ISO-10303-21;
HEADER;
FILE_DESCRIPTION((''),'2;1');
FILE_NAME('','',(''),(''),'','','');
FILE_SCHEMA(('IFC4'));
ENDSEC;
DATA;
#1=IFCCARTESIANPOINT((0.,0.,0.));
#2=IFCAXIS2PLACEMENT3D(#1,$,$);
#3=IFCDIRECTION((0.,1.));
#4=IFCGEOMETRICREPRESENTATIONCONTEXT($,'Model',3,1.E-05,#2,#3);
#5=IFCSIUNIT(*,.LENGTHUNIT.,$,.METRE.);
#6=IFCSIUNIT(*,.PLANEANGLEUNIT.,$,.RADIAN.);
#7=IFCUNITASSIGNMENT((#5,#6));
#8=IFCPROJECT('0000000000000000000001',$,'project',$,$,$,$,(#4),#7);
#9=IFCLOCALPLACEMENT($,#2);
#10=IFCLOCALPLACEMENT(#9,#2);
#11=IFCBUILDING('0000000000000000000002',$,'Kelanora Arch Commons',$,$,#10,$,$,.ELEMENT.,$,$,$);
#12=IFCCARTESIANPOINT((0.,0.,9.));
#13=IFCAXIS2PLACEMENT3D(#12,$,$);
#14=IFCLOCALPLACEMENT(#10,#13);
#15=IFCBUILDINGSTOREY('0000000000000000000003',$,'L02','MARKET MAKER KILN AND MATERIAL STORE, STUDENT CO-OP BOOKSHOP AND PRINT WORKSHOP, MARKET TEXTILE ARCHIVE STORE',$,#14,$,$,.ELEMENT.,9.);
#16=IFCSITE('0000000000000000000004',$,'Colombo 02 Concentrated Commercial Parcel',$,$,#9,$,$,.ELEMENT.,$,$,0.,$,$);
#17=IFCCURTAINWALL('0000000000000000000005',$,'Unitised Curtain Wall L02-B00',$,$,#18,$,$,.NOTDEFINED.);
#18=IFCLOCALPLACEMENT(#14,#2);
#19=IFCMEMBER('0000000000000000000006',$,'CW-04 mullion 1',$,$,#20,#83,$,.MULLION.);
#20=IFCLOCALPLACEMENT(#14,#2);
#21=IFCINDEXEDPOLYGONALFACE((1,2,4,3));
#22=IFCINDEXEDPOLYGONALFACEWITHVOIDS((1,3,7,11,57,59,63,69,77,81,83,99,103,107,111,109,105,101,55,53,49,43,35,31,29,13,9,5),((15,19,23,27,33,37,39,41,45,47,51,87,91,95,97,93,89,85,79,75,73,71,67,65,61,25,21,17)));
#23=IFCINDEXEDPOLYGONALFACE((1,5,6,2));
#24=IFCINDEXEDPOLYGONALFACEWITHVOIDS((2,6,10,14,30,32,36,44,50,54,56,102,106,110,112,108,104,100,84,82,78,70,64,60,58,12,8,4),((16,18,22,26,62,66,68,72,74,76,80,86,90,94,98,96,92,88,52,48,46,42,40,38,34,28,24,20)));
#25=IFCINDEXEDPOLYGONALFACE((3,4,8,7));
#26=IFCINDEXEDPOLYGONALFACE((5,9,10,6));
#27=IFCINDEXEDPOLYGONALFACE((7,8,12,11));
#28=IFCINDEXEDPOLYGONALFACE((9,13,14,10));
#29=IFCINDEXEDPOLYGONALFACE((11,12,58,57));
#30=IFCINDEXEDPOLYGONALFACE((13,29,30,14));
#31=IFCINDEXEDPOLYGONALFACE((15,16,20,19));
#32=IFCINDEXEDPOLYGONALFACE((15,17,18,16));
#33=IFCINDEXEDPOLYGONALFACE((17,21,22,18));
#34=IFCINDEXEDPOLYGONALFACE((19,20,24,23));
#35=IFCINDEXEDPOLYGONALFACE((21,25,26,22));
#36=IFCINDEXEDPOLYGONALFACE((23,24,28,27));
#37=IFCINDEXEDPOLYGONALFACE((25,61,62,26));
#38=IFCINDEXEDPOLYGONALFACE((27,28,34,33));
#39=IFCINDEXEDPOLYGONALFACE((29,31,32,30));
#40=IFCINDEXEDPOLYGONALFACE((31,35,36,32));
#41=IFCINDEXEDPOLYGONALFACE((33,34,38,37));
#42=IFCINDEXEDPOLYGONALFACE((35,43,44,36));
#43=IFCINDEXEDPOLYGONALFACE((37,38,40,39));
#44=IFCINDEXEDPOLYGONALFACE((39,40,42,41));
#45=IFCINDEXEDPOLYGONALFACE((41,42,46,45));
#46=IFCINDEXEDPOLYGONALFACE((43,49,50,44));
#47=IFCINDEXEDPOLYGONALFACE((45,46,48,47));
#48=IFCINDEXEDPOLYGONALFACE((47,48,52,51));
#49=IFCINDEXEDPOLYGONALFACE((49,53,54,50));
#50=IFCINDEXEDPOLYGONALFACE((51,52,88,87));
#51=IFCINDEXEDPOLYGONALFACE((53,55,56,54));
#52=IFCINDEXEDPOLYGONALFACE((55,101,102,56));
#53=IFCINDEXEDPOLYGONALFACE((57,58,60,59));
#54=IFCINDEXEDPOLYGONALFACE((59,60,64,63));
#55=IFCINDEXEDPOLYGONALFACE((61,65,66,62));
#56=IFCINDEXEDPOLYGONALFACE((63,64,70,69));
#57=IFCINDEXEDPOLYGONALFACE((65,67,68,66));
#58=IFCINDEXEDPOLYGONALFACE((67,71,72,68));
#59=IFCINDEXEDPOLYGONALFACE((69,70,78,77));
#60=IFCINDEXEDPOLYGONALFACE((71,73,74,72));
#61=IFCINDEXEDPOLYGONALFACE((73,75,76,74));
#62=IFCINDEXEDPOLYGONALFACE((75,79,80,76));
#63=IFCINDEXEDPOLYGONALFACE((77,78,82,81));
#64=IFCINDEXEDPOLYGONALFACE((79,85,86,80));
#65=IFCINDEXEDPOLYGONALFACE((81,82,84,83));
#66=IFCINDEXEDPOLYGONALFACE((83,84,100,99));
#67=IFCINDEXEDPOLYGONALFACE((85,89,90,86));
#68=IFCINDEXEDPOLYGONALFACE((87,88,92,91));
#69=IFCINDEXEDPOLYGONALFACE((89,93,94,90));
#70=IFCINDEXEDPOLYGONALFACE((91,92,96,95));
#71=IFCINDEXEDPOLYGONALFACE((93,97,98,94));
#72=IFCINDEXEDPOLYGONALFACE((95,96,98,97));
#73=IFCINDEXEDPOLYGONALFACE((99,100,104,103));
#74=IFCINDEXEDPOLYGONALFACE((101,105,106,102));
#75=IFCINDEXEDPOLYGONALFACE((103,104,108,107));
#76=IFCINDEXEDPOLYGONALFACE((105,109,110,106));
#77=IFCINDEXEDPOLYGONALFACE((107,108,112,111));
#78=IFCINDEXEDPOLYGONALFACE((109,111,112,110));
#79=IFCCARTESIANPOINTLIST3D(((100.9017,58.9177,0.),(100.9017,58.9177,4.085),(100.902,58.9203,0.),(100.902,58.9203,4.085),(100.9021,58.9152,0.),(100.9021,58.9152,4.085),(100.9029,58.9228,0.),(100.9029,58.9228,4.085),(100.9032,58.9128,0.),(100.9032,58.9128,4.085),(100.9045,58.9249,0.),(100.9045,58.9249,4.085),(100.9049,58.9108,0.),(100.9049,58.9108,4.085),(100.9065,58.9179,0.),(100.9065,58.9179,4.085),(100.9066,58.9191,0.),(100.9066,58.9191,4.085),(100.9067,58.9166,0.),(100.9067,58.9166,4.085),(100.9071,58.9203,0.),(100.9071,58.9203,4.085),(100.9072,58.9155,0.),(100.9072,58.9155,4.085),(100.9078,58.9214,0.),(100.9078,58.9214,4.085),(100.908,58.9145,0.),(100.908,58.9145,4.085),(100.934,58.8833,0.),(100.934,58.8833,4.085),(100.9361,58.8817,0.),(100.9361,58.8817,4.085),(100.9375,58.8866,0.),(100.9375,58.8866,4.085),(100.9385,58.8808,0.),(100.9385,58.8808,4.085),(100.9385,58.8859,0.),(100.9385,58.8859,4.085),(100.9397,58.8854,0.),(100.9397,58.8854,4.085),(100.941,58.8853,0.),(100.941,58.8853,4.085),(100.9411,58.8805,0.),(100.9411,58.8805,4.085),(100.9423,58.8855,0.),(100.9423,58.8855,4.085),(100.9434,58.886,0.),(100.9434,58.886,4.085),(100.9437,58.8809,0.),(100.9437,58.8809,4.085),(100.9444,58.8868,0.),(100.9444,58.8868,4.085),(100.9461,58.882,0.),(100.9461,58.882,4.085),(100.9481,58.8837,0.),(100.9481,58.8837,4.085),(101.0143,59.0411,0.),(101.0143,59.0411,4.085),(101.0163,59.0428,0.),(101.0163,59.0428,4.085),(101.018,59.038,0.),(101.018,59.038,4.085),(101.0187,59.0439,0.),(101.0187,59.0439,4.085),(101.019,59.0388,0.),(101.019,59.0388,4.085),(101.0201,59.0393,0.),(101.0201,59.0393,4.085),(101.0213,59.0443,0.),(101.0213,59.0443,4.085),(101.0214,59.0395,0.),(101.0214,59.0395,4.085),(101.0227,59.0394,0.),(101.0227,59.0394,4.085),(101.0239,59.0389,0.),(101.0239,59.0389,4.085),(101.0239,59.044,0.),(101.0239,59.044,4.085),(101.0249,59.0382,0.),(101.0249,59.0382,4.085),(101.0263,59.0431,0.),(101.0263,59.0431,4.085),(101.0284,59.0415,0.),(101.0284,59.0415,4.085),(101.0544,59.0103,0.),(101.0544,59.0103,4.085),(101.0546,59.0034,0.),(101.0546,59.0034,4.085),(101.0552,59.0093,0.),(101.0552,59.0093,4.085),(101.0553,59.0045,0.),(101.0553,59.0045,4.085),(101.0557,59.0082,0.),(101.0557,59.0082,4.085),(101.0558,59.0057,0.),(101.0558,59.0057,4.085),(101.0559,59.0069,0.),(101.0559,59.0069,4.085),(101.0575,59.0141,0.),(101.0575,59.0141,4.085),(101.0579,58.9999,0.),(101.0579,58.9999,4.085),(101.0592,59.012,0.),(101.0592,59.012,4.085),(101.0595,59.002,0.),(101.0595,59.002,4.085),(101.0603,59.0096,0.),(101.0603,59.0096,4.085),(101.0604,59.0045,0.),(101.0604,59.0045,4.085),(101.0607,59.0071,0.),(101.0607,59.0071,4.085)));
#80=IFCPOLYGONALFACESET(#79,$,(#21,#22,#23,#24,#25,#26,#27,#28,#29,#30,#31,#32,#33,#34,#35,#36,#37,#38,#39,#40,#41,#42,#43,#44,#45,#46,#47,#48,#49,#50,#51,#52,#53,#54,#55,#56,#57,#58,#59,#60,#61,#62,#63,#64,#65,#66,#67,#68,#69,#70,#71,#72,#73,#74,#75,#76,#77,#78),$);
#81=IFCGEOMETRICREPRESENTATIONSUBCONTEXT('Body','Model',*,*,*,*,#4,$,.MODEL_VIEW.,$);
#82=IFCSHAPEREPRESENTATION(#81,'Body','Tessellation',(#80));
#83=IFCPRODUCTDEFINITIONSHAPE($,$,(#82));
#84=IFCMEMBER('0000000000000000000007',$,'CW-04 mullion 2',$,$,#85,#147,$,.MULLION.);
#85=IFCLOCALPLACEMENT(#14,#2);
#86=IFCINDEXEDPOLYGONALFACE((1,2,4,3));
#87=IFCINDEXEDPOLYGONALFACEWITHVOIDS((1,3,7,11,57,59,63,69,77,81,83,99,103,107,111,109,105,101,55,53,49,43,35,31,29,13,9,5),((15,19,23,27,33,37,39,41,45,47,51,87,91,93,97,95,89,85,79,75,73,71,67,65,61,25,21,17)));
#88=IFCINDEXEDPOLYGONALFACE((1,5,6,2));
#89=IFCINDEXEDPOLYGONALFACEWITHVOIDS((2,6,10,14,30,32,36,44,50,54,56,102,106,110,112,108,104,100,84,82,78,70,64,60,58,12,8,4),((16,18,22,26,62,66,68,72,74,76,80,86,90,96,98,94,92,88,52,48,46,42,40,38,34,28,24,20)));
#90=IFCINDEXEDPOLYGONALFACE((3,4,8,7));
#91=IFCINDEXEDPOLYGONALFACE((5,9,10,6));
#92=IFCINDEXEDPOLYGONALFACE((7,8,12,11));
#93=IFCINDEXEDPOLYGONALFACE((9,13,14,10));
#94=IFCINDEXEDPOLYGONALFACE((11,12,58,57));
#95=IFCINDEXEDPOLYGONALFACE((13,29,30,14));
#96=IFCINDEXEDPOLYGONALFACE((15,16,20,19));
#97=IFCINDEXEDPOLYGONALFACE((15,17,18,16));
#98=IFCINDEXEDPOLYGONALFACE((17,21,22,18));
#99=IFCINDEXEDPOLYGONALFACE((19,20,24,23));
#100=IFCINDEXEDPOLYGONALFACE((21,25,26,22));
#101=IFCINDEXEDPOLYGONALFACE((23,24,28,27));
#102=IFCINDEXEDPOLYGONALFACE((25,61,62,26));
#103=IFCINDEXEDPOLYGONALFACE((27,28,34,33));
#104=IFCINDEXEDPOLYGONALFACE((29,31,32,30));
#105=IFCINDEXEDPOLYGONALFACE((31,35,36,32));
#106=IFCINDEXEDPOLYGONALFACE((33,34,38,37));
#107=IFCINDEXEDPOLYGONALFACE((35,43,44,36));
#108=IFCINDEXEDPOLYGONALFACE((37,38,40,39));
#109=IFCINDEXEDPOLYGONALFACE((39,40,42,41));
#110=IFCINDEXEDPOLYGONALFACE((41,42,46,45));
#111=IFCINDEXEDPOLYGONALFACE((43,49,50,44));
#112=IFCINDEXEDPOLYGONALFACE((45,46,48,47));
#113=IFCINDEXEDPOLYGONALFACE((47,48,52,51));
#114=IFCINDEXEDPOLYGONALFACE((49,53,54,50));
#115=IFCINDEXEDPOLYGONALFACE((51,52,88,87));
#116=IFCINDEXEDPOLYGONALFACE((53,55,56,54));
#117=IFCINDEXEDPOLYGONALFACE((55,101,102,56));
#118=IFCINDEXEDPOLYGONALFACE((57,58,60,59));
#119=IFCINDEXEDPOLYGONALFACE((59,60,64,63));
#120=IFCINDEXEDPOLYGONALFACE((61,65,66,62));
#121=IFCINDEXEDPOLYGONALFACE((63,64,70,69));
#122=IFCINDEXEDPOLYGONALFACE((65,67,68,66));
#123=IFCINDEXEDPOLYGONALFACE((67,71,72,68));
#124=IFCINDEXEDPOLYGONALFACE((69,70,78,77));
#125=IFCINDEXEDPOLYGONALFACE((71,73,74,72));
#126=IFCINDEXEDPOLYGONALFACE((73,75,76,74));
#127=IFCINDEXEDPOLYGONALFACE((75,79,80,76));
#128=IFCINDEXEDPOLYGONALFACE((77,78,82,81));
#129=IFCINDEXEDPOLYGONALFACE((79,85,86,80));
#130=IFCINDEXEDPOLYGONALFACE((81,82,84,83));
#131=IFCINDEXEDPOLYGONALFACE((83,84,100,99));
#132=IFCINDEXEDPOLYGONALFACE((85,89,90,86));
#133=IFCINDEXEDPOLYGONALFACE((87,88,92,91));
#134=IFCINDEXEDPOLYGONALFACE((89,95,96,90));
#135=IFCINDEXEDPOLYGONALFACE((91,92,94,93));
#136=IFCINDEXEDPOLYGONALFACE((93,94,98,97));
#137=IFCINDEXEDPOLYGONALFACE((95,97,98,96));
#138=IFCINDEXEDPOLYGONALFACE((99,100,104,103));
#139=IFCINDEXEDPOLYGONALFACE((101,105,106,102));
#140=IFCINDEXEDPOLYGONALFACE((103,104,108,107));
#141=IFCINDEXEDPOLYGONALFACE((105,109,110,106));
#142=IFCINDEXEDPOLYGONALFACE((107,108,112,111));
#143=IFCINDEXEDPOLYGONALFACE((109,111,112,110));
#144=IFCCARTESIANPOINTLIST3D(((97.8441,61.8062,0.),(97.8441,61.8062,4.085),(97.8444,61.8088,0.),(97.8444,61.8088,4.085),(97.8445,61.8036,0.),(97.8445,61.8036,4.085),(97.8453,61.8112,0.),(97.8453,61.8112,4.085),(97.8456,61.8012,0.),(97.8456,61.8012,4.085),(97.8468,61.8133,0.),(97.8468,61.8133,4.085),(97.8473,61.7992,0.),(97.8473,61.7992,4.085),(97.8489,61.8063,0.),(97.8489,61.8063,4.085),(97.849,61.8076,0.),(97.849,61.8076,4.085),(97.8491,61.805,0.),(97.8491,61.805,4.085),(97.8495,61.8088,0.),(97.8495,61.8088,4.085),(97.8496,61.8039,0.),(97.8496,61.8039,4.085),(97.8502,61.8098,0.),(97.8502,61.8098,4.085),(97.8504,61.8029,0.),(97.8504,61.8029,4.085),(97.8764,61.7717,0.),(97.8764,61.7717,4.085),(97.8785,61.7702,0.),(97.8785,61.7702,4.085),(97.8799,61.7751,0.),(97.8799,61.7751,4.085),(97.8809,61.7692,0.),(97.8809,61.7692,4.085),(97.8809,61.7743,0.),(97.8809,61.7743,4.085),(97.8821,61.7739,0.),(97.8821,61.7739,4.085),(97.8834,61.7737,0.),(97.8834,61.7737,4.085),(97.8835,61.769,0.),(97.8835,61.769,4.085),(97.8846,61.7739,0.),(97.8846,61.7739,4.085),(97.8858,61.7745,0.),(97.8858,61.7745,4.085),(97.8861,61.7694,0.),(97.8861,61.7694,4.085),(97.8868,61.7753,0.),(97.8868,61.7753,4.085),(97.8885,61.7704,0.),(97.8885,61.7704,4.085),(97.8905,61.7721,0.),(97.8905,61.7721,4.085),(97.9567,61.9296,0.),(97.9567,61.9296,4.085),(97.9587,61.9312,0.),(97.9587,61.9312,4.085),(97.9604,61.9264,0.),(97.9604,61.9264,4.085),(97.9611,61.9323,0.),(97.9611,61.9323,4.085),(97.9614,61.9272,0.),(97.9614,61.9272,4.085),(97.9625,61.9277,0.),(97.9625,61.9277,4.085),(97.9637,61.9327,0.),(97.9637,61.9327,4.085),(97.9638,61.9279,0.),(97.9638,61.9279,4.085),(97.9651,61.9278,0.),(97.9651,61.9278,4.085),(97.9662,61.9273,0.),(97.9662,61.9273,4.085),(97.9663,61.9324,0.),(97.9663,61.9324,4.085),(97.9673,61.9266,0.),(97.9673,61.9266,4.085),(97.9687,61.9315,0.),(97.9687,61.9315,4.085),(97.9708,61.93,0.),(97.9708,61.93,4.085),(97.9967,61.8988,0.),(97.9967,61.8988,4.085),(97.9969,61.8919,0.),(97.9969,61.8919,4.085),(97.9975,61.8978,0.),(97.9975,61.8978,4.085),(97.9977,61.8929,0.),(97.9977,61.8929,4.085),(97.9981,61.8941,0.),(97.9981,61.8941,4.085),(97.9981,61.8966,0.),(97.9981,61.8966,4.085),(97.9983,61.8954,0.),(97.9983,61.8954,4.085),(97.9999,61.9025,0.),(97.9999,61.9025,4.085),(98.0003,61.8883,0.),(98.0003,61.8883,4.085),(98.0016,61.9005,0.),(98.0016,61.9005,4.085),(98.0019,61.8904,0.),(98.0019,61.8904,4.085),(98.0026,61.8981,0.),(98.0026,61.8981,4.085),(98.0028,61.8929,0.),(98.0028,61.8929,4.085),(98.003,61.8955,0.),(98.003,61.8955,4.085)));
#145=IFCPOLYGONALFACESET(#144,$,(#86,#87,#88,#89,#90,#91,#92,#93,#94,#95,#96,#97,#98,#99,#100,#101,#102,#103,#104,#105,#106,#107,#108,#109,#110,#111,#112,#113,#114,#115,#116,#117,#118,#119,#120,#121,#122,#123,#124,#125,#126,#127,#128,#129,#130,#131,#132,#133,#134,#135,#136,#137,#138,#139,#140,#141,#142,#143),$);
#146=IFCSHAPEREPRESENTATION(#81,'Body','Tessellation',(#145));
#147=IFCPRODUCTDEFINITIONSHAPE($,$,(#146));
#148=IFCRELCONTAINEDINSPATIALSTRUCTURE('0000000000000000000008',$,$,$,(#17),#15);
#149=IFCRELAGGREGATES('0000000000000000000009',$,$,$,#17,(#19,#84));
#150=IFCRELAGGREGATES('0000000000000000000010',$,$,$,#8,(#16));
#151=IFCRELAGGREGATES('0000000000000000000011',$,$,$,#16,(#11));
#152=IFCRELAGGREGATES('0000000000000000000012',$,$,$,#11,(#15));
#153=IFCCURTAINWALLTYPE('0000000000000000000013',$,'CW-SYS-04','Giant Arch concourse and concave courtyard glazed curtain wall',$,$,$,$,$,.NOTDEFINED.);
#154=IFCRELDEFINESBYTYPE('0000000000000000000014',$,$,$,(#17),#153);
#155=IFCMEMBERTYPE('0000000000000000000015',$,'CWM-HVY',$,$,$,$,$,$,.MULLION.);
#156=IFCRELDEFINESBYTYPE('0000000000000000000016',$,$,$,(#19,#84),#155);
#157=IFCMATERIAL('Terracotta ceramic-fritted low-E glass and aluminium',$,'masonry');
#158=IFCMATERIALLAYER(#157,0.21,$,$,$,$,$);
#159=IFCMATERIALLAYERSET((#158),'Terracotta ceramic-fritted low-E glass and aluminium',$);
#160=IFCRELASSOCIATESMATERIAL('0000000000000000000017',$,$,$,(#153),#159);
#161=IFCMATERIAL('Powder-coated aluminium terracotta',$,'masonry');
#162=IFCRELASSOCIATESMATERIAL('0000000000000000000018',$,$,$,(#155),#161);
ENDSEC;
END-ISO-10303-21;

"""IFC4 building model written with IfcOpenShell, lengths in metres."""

from ifc_helpers import new_model, si_unit, direction, frame, origin, origin_2d, place, context, subcontext, project, spatial, hollow_rectangle, extrude, material, layer, layer_set, material_profile, profile_set, type_object, element, aggregate, save


model = new_model("IFC4")

# Units and contexts
model_context = context("Model", 3, precision=1e-05, world=origin(), true_north=direction((0.0, 1.0)))
body_context = subcontext(model_context, "Body", "Model", "MODEL_VIEW")
ifc_project = project(units=[si_unit("LENGTHUNIT", "METRE"), si_unit("PLANEANGLEUNIT", "RADIAN")], contexts=[model_context])

# Site, building, storey
site_placement = place(None, origin())
site = spatial("IfcSite", under=ifc_project, at=site_placement, Name="Colombo 02 Concentrated Commercial Parcel", CompositionType="ELEMENT", RefElevation=0.0)
building_placement = place(site_placement, origin())
building = spatial("IfcBuilding", under=site, at=building_placement, Name="Kelanora Arch Commons", CompositionType="ELEMENT")
storey_placement = place(building_placement, frame((0.0, 0.0, 9.0)))
storey = spatial("IfcBuildingStorey", under=building, at=storey_placement, Name="L02", Description="MARKET MAKER KILN AND MATERIAL STORE, STUDENT CO-OP BOOKSHOP AND PRINT WORKSHOP, MARKET TEXTILE ARCHIVE STORE", CompositionType="ELEMENT", Elevation=9.0)

# Curtain wall, members
ifc_material_1 = material(Name="Terracotta ceramic-fritted low-E glass and aluminium", Category="masonry")
ifc_layer_1 = layer(ifc_material_1, 0.21)
ifc_layer_set_1 = layer_set([ifc_layer_1], Name="Terracotta ceramic-fritted low-E glass and aluminium")
curtain_wall_type = type_object("IfcCurtainWallType", Name="CW-SYS-04", Description="Giant Arch concourse and concave courtyard glazed curtain wall", PredefinedType="NOTDEFINED", material=ifc_layer_set_1)
curtain_wall_1_placement = place(storey_placement, origin())
curtain_wall_1 = element("IfcCurtainWall", 1, at=curtain_wall_1_placement, inside=storey, type_object=curtain_wall_type, Name="Unitised Curtain Wall L02-B00", PredefinedType="NOTDEFINED")
ifc_material_2 = material(Name="Powder-coated aluminium terracotta", Category="masonry")
ifc_material_profile_1 = material_profile(ifc_material_2, hollow_rectangle(XDim=0.1799, YDim=0.0601, WallThickness=0.0049, InnerFilletRadius=0.0049, OuterFilletRadius=0.01, at=origin_2d()), Name="CWM180x60")
ifc_profile_set_1 = profile_set([ifc_material_profile_1], Name="Powder-coated aluminium terracotta")
member_type_1 = type_object("IfcMemberType", Name="CWM-HVY", PredefinedType="MULLION", material=ifc_profile_set_1)
member_1_placement = place(storey_placement, frame((100.9812, 58.9624, 0.0), z_axis=(0.0, 0.0, 1.0), x_axis=(-0.68672, -0.726922, 0.0)))
member_1 = element("IfcMember", 2, at=member_1_placement, type_object=member_type_1, Name="CW-04 mullion 1", PredefinedType="MULLION", context=body_context, shape_type="SweptSolid", body=[
    extrude(hollow_rectangle(XDim=0.1799, YDim=0.0601, WallThickness=0.0049, InnerFilletRadius=0.0049, OuterFilletRadius=0.01, at=origin_2d()), origin(), (0.0, 0.0, 1.0), 4.085),
])
member_2_placement = place(storey_placement, frame((97.9236, 61.8508, 0.0), z_axis=(0.0, 0.0, 1.0), x_axis=(-0.68672, -0.726922, 0.0)))
member_2 = element("IfcMember", 3, at=member_2_placement, type_object=member_type_1, Name="CW-04 mullion 2", PredefinedType="MULLION", context=body_context, shape_type="SweptSolid", body=[
    extrude(hollow_rectangle(XDim=0.1799, YDim=0.0601, WallThickness=0.0049, InnerFilletRadius=0.0049, OuterFilletRadius=0.01, at=origin_2d()), origin(), (0.0, 0.0, 1.0), 4.085),
])

aggregate(curtain_wall_1, [member_1, member_2])

save(model, "model.ifc")
